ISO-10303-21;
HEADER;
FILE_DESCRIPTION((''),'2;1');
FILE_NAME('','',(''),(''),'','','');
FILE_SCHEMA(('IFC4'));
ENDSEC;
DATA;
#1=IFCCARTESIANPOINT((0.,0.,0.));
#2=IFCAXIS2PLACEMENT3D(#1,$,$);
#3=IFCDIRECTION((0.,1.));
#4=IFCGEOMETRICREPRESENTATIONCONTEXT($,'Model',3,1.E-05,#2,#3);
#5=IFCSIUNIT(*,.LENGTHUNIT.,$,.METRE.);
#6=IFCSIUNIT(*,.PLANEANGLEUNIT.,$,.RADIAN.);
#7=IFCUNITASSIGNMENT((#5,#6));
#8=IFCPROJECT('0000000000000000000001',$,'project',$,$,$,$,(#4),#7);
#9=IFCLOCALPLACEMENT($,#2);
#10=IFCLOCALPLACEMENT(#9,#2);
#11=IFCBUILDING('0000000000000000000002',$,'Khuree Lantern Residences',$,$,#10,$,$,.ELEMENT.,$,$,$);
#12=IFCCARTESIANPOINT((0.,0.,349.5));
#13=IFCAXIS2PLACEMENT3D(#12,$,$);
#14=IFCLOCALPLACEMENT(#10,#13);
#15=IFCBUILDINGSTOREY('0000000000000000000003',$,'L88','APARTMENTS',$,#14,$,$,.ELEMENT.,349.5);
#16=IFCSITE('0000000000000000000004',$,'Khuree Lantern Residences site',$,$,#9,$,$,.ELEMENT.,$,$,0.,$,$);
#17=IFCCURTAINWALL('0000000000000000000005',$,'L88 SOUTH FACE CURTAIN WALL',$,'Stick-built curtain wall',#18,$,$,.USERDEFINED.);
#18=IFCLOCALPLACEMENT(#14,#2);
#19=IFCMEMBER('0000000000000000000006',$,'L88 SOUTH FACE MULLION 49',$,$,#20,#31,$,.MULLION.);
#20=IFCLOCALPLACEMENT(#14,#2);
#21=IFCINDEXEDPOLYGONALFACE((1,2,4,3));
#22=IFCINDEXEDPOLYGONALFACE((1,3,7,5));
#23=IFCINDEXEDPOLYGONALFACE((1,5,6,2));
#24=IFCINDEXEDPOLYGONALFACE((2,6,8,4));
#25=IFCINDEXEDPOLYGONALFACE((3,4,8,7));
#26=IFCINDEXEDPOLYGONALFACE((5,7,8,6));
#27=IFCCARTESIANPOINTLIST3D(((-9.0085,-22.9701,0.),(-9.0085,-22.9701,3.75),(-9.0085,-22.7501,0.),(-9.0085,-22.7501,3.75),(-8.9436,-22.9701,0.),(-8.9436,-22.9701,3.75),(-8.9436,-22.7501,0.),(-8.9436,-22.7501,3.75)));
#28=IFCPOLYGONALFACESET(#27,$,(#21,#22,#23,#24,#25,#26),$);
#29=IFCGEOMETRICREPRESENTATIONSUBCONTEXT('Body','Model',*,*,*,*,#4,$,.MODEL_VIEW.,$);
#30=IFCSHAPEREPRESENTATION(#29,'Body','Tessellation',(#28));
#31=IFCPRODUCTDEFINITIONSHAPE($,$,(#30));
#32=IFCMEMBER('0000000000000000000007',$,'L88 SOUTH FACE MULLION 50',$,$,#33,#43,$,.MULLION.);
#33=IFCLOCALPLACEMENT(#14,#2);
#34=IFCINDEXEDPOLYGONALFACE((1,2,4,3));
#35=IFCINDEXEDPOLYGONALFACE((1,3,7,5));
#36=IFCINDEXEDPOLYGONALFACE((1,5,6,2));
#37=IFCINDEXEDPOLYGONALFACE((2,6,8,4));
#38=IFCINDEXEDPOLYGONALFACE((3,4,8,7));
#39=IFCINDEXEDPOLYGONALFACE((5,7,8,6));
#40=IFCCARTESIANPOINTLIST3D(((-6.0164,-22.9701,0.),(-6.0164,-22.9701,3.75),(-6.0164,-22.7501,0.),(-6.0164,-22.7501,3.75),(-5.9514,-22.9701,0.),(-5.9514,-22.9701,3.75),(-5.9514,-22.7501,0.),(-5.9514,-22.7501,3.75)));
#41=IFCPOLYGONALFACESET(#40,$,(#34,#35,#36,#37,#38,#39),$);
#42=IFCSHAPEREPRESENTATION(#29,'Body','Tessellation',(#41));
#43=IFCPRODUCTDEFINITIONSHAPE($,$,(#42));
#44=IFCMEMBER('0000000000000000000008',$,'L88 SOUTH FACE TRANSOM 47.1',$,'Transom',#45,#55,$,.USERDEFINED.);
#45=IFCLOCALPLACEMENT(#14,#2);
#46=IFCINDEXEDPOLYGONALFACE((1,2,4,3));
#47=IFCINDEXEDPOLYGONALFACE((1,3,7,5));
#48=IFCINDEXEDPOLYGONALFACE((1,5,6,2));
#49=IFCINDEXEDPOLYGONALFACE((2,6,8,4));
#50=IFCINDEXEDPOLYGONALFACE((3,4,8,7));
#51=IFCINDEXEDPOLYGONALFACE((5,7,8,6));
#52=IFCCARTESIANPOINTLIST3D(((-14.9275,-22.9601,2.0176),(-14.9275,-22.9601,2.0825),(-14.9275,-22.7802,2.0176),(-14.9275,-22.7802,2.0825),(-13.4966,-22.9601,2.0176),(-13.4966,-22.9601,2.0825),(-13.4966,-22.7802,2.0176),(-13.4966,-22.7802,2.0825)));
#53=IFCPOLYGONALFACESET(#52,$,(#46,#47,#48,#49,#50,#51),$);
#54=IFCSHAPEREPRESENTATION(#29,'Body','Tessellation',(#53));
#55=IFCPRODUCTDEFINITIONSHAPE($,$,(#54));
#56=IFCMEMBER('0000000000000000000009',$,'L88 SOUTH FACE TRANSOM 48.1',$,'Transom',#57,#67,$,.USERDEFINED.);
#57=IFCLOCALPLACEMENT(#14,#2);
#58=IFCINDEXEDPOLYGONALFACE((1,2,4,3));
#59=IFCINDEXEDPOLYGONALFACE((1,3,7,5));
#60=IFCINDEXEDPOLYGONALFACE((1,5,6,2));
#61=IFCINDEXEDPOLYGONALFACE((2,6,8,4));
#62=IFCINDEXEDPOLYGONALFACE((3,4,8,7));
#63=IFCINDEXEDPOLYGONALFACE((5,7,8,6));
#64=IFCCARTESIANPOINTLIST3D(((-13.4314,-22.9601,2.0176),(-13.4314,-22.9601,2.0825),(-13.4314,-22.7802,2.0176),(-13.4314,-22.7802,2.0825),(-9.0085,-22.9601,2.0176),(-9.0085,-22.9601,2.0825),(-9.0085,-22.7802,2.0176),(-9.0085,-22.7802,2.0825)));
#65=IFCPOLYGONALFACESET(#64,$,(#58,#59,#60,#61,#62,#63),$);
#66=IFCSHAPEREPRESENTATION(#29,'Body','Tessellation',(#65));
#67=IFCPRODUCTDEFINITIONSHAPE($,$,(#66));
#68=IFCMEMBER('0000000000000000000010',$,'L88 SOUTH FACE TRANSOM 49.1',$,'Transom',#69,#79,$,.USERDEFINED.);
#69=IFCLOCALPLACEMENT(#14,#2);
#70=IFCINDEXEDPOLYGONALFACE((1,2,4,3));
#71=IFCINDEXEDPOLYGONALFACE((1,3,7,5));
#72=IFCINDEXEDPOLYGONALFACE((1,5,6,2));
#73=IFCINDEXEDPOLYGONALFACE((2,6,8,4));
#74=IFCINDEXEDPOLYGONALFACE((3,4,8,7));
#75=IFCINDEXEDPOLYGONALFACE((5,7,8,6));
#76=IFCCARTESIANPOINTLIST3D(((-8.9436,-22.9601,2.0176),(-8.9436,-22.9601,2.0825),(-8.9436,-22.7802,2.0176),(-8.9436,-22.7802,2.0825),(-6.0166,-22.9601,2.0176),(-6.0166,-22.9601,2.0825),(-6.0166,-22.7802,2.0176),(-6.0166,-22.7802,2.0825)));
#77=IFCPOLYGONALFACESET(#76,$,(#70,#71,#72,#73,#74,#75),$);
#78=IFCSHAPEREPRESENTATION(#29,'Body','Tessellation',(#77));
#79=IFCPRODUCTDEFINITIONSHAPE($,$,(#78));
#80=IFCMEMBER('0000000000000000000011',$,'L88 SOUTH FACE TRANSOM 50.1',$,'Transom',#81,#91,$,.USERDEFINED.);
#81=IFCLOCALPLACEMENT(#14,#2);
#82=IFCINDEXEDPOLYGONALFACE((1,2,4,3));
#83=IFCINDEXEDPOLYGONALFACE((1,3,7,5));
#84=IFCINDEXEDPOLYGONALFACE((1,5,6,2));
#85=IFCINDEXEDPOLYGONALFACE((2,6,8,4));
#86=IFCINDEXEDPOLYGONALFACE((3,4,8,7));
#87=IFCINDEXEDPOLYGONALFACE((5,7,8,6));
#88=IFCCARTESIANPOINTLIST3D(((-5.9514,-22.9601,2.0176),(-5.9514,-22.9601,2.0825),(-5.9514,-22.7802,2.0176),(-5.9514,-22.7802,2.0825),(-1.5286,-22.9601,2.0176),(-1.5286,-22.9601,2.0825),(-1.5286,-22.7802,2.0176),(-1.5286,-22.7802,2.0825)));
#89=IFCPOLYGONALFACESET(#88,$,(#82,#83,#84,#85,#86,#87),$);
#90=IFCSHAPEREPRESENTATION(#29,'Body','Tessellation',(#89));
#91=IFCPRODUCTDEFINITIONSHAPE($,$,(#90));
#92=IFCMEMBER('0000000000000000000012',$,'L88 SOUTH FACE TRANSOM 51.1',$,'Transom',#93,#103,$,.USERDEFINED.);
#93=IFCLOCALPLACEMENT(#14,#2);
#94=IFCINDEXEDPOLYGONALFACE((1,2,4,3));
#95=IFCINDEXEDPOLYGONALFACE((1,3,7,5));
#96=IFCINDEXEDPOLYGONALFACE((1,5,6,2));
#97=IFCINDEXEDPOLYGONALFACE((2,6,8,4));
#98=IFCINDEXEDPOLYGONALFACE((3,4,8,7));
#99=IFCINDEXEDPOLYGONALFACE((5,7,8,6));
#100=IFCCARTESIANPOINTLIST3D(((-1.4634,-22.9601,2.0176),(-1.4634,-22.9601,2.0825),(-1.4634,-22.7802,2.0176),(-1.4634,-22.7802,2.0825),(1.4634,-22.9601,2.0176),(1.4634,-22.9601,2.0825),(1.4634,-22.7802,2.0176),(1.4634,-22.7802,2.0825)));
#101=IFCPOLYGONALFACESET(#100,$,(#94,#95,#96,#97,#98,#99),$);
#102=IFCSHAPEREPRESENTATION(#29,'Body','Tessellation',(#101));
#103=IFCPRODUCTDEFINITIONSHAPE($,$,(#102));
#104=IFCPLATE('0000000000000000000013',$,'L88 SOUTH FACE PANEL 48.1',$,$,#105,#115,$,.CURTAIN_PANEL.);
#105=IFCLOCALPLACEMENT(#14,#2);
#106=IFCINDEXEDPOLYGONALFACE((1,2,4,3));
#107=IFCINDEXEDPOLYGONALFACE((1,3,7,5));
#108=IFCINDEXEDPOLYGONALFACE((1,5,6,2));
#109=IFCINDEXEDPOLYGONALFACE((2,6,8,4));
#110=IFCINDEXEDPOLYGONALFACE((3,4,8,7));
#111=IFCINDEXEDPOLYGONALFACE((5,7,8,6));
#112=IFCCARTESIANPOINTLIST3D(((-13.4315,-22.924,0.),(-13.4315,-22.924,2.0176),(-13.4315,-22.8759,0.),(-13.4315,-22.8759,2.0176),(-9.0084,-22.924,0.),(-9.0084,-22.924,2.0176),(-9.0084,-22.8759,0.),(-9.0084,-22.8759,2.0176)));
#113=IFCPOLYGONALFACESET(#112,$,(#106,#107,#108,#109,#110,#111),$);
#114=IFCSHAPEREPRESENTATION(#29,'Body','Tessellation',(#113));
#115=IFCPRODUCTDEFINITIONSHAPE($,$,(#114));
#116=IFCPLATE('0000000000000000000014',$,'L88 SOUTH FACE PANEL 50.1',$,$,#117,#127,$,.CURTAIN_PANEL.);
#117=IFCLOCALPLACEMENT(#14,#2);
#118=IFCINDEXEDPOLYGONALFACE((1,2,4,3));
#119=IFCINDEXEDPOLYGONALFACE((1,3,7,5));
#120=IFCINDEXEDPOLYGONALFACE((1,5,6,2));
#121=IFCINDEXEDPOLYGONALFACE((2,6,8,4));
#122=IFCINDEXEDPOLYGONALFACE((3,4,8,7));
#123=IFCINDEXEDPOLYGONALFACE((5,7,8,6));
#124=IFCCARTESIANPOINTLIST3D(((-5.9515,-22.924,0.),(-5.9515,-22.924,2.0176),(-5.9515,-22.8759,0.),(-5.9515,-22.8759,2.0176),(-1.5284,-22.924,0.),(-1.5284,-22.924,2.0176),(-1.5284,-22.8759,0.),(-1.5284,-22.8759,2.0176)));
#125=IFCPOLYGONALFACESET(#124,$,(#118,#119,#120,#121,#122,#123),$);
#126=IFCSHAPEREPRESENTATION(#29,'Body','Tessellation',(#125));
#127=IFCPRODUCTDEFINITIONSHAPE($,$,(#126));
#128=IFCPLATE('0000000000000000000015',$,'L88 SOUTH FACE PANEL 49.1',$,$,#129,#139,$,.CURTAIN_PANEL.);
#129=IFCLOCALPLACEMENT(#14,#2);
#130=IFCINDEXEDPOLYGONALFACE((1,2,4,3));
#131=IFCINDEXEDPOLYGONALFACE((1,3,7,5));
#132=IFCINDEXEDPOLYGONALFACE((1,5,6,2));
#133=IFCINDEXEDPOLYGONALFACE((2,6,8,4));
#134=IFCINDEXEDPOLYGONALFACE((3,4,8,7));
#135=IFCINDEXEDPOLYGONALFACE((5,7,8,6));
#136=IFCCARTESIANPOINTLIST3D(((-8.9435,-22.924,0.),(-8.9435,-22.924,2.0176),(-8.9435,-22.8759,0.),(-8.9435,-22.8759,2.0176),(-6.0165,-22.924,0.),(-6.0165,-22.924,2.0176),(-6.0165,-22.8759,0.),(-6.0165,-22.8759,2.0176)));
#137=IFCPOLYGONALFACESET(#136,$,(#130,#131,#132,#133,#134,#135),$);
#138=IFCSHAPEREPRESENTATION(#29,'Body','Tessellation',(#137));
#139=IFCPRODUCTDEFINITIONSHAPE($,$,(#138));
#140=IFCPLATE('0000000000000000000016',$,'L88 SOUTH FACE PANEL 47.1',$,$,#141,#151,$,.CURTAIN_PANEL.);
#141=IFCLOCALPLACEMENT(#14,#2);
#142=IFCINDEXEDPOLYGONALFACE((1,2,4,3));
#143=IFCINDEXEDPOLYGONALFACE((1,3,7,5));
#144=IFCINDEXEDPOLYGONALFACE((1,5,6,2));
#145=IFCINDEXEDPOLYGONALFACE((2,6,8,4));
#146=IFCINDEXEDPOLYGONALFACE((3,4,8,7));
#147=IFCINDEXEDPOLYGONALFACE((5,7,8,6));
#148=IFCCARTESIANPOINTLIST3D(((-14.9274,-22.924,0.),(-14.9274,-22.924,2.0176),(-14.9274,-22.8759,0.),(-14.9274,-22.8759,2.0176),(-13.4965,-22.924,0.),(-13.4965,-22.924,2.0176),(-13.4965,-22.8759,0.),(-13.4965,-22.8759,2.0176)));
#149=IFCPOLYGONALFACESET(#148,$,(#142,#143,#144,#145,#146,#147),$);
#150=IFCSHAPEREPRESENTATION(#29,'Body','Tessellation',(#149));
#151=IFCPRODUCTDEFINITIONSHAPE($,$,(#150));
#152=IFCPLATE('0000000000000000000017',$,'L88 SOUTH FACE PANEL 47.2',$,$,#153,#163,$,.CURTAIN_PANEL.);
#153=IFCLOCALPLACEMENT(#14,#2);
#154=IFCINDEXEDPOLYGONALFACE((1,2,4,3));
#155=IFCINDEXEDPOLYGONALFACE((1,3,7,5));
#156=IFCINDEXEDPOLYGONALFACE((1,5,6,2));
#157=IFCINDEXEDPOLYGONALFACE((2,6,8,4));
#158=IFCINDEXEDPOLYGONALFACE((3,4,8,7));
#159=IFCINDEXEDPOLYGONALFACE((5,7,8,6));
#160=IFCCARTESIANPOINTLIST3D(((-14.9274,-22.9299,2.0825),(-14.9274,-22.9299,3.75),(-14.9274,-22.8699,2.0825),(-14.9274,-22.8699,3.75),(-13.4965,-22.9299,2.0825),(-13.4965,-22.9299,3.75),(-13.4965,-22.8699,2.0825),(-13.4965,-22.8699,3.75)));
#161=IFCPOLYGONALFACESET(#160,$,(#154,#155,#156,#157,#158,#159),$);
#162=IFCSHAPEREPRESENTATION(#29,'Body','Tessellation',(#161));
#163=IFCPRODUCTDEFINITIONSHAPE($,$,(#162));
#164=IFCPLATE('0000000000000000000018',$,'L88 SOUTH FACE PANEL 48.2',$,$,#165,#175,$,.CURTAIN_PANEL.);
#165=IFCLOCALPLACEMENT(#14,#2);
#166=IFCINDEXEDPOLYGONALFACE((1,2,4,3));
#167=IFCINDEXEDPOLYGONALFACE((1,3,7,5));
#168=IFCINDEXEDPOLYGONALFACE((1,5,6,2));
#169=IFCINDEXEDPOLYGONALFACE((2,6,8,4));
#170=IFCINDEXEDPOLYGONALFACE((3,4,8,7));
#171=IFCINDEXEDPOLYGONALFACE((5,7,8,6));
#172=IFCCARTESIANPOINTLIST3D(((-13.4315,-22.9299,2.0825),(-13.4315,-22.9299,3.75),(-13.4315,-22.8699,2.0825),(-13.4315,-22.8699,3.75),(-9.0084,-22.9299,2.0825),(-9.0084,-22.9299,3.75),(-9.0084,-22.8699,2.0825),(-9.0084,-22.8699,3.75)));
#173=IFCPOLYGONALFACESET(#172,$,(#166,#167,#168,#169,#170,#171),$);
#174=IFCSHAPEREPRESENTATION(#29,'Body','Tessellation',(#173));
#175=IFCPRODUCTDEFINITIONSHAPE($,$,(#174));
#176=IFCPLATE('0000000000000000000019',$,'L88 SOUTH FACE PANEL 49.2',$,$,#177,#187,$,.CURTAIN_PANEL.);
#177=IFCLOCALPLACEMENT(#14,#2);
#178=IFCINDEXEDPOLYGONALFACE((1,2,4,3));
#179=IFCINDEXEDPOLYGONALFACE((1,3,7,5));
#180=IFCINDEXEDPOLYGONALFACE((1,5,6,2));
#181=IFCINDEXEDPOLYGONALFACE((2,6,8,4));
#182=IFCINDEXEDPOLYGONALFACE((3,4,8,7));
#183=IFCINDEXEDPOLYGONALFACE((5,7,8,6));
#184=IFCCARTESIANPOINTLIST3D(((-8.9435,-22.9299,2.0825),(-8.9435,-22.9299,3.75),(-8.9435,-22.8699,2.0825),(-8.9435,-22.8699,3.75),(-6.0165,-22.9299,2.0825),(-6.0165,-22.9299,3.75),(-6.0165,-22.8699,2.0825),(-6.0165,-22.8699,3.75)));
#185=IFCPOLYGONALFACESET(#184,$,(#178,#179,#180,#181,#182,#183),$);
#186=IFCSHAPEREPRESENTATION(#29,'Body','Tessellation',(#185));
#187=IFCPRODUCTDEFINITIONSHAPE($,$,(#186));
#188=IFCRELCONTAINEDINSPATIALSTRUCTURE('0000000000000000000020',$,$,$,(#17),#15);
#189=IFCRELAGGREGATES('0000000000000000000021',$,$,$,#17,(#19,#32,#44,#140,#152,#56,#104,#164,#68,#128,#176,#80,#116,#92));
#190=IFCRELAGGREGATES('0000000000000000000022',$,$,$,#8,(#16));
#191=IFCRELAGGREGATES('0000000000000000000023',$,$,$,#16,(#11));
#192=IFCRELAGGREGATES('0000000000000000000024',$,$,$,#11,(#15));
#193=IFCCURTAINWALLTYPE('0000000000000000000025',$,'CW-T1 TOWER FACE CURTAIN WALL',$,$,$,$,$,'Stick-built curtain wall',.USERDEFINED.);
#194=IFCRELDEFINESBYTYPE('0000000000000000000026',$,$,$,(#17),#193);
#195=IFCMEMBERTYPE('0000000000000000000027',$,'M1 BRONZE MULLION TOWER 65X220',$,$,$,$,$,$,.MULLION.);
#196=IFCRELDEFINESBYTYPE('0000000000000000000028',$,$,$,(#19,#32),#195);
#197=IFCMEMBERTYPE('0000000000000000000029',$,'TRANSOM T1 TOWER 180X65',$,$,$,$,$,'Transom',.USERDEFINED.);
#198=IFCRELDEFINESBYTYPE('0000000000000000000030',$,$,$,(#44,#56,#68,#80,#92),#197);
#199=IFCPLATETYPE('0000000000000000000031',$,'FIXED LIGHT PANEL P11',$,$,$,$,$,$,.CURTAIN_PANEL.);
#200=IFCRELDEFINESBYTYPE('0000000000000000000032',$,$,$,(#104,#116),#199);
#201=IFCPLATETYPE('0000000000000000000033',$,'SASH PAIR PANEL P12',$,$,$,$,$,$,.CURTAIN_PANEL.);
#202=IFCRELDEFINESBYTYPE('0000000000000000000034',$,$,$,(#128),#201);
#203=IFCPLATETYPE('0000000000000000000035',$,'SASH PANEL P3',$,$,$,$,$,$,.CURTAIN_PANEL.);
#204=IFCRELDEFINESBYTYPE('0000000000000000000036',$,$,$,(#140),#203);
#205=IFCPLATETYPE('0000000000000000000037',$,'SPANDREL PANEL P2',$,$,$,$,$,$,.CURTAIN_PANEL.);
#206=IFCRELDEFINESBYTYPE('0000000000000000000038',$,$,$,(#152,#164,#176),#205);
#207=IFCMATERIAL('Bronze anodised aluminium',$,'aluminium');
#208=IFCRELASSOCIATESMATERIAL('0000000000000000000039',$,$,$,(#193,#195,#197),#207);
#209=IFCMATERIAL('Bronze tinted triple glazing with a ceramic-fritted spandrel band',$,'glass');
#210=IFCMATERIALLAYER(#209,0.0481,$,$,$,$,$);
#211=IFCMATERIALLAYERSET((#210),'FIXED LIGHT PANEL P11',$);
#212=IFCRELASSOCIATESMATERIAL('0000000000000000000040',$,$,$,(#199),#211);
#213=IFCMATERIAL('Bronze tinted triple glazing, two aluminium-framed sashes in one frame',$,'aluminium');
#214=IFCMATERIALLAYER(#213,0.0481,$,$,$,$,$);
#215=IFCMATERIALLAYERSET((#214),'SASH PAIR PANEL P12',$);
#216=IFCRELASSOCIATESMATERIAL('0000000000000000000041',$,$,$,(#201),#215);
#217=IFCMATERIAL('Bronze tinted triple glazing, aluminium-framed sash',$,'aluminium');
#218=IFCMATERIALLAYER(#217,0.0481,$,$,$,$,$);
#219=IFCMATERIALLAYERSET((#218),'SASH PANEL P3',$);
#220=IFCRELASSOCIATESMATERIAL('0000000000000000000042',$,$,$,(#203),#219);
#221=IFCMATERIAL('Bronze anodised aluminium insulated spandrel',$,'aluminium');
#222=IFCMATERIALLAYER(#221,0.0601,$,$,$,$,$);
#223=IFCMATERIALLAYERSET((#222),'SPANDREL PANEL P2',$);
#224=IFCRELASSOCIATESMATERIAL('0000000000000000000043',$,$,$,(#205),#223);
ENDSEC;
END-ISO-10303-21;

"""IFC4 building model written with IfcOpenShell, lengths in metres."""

from ifc_helpers import new_model, si_unit, direction, frame, origin, origin_2d, place, context, subcontext, project, spatial, rectangle, extrude, material, layer, layer_set, material_profile, profile_set, type_object, element, aggregate, save


model = new_model("IFC4")

# Units and contexts
model_context = context("Model", 3, precision=1e-05, world=origin(), true_north=direction((0.0, 1.0)))
body_context = subcontext(model_context, "Body", "Model", "MODEL_VIEW")
ifc_project = project(units=[si_unit("LENGTHUNIT", "METRE"), si_unit("PLANEANGLEUNIT", "RADIAN")], contexts=[model_context])

# Site, building, storey
site_placement = place(None, origin())
site = spatial("IfcSite", under=ifc_project, at=site_placement, Name="Khuree Lantern Residences site", CompositionType="ELEMENT", RefElevation=0.0)
building_placement = place(site_placement, origin())
building = spatial("IfcBuilding", under=site, at=building_placement, Name="Khuree Lantern Residences", CompositionType="ELEMENT")
storey_placement = place(building_placement, frame((0.0, 0.0, 349.5)))
storey = spatial("IfcBuildingStorey", under=building, at=storey_placement, Name="L88", Description="APARTMENTS", CompositionType="ELEMENT", Elevation=349.5)

# Curtain wall
ifc_material_1 = material(Name="Bronze anodised aluminium", Category="aluminium")
curtain_wall_type = type_object("IfcCurtainWallType", Name="CW-T1 TOWER FACE CURTAIN WALL", ElementType="Stick-built curtain wall", PredefinedType="USERDEFINED", material=ifc_material_1)
curtain_wall_placement = place(storey_placement, origin())
curtain_wall = element("IfcCurtainWall", 1, at=curtain_wall_placement, inside=storey, type_object=curtain_wall_type, Name="L88 SOUTH FACE CURTAIN WALL", ObjectType="Stick-built curtain wall", PredefinedType="USERDEFINED")

# Members
ifc_material_profile_1 = material_profile(ifc_material_1, rectangle(XDim=0.0649, YDim=0.22, at=origin_2d()), Name="M1 65X220")
ifc_profile_set_1 = profile_set([ifc_material_profile_1], Name="Bronze anodised aluminium")
member_type_1 = type_object("IfcMemberType", Name="M1 BRONZE MULLION TOWER 65X220", PredefinedType="MULLION", material=ifc_profile_set_1)
member_1_placement = place(storey_placement, frame((-8.9761, -22.8601, 0.0), z_axis=(0.0, 0.0, 1.0), x_axis=(1.0, 0.0, 0.0)))
member_1 = element("IfcMember", 2, at=member_1_placement, type_object=member_type_1, Name="L88 SOUTH FACE MULLION 49", PredefinedType="MULLION", context=body_context, shape_type="SweptSolid", body=[
    extrude(rectangle(XDim=0.0649, YDim=0.22, at=origin_2d()), origin(), (0.0, 0.0, 1.0), 3.75),
])
member_2_placement = place(storey_placement, frame((-5.9839, -22.8601, 0.0), z_axis=(0.0, 0.0, 1.0), x_axis=(1.0, 0.0, 0.0)))
member_2 = element("IfcMember", 3, at=member_2_placement, type_object=member_type_1, Name="L88 SOUTH FACE MULLION 50", PredefinedType="MULLION", context=body_context, shape_type="SweptSolid", body=[
    extrude(rectangle(XDim=0.0649, YDim=0.22, at=origin_2d()), origin(), (0.0, 0.0, 1.0), 3.75),
])
ifc_material_profile_2 = material_profile(ifc_material_1, rectangle(XDim=0.1799, YDim=0.0649, at=origin_2d()), Name="T1 180X65")
ifc_profile_set_2 = profile_set([ifc_material_profile_2], Name="Bronze anodised aluminium")
member_type_2 = type_object("IfcMemberType", Name="TRANSOM T1 TOWER 180X65", ElementType="Transom", PredefinedType="USERDEFINED", material=ifc_profile_set_2)
member_3_placement = place(storey_placement, frame((-14.9275, -22.8701, 2.05), z_axis=(1.0, 0.0, 0.0), x_axis=(0.0, 1.0, 0.0)))
member_3 = element("IfcMember", 4, at=member_3_placement, type_object=member_type_2, Name="L88 SOUTH FACE TRANSOM 47.1", ObjectType="Transom", PredefinedType="USERDEFINED", context=body_context, shape_type="SweptSolid", body=[
    extrude(rectangle(XDim=0.1799, YDim=0.0649, at=origin_2d()), origin(), (0.0, 0.0, 1.0), 1.4309),
])
member_4_placement = place(storey_placement, frame((-13.4314, -22.8701, 2.05), z_axis=(1.0, 0.0, 0.0), x_axis=(0.0, 1.0, 0.0)))
member_4 = element("IfcMember", 5, at=member_4_placement, type_object=member_type_2, Name="L88 SOUTH FACE TRANSOM 48.1", ObjectType="Transom", PredefinedType="USERDEFINED", context=body_context, shape_type="SweptSolid", body=[
    extrude(rectangle(XDim=0.1799, YDim=0.0649, at=origin_2d()), origin(), (0.0, 0.0, 1.0), 4.4229),
])
member_5_placement = place(storey_placement, frame((-8.9436, -22.8701, 2.05), z_axis=(1.0, 0.0, 0.0), x_axis=(0.0, 1.0, 0.0)))
member_5 = element("IfcMember", 6, at=member_5_placement, type_object=member_type_2, Name="L88 SOUTH FACE TRANSOM 49.1", ObjectType="Transom", PredefinedType="USERDEFINED", context=body_context, shape_type="SweptSolid", body=[
    extrude(rectangle(XDim=0.1799, YDim=0.0649, at=origin_2d()), origin(), (0.0, 0.0, 1.0), 2.927),
])
member_6_placement = place(storey_placement, frame((-5.9514, -22.8701, 2.05), z_axis=(1.0, 0.0, 0.0), x_axis=(0.0, 1.0, 0.0)))
member_6 = element("IfcMember", 7, at=member_6_placement, type_object=member_type_2, Name="L88 SOUTH FACE TRANSOM 50.1", ObjectType="Transom", PredefinedType="USERDEFINED", context=body_context, shape_type="SweptSolid", body=[
    extrude(rectangle(XDim=0.1799, YDim=0.0649, at=origin_2d()), origin(), (0.0, 0.0, 1.0), 4.4229),
])
member_7_placement = place(storey_placement, frame((-1.4634, -22.8701, 2.05), z_axis=(1.0, 0.0, 0.0), x_axis=(0.0, 1.0, 0.0)))
member_7 = element("IfcMember", 8, at=member_7_placement, type_object=member_type_2, Name="L88 SOUTH FACE TRANSOM 51.1", ObjectType="Transom", PredefinedType="USERDEFINED", context=body_context, shape_type="SweptSolid", body=[
    extrude(rectangle(XDim=0.1799, YDim=0.0649, at=origin_2d()), origin(), (0.0, 0.0, 1.0), 2.9268),
])

# Plates
ifc_material_2 = material(Name="Bronze tinted triple glazing with a ceramic-fritted spandrel band", Category="glass")
ifc_layer_1 = layer(ifc_material_2, 0.0481)
ifc_layer_set_1 = layer_set([ifc_layer_1], Name="FIXED LIGHT PANEL P11")
plate_type_1 = type_object("IfcPlateType", Name="FIXED LIGHT PANEL P11", PredefinedType="CURTAIN_PANEL", material=ifc_layer_set_1)
plate_1_placement = place(storey_placement, frame((-11.22, -22.8999, 0.0), z_axis=(0.0, 0.0, 1.0), x_axis=(1.0, 0.0, 0.0)))
plate_1 = element("IfcPlate", 9, at=plate_1_placement, type_object=plate_type_1, Name="L88 SOUTH FACE PANEL 48.1", PredefinedType="CURTAIN_PANEL", context=body_context, shape_type="SweptSolid", body=[
    extrude(rectangle(XDim=4.4231, YDim=0.0481, at=origin_2d()), origin(), (0.0, 0.0, 1.0), 2.0176),
])
plate_2_placement = place(storey_placement, frame((-3.74, -22.8999, 0.0), z_axis=(0.0, 0.0, 1.0), x_axis=(1.0, 0.0, 0.0)))
plate_2 = element("IfcPlate", 10, at=plate_2_placement, type_object=plate_type_1, Name="L88 SOUTH FACE PANEL 50.1", PredefinedType="CURTAIN_PANEL", context=body_context, shape_type="SweptSolid", body=[
    extrude(rectangle(XDim=4.4231, YDim=0.0481, at=origin_2d()), origin(), (0.0, 0.0, 1.0), 2.0176),
])
ifc_material_3 = material(Name="Bronze tinted triple glazing, two aluminium-framed sashes in one frame", Category="aluminium")
ifc_layer_2 = layer(ifc_material_3, 0.0481)
ifc_layer_set_2 = layer_set([ifc_layer_2], Name="SASH PAIR PANEL P12")
plate_type_2 = type_object("IfcPlateType", Name="SASH PAIR PANEL P12", PredefinedType="CURTAIN_PANEL", material=ifc_layer_set_2)
plate_3_placement = place(storey_placement, frame((-7.48, -22.8999, 0.0), z_axis=(0.0, 0.0, 1.0), x_axis=(1.0, 0.0, 0.0)))
plate_3 = element("IfcPlate", 11, at=plate_3_placement, type_object=plate_type_2, Name="L88 SOUTH FACE PANEL 49.1", PredefinedType="CURTAIN_PANEL", context=body_context, shape_type="SweptSolid", body=[
    extrude(rectangle(XDim=2.927, YDim=0.0481, at=origin_2d()), origin(), (0.0, 0.0, 1.0), 2.0176),
])
ifc_material_4 = material(Name="Bronze tinted triple glazing, aluminium-framed sash", Category="aluminium")
ifc_layer_3 = layer(ifc_material_4, 0.0481)
ifc_layer_set_3 = layer_set([ifc_layer_3], Name="SASH PANEL P3")
plate_type_3 = type_object("IfcPlateType", Name="SASH PANEL P3", PredefinedType="CURTAIN_PANEL", material=ifc_layer_set_3)
plate_4_placement = place(storey_placement, frame((-14.2119, -22.8999, 0.0), z_axis=(0.0, 0.0, 1.0), x_axis=(1.0, 0.0, 0.0)))
plate_4 = element("IfcPlate", 12, at=plate_4_placement, type_object=plate_type_3, Name="L88 SOUTH FACE PANEL 47.1", PredefinedType="CURTAIN_PANEL", context=body_context, shape_type="SweptSolid", body=[
    extrude(rectangle(XDim=1.4309, YDim=0.0481, at=origin_2d()), origin(), (0.0, 0.0, 1.0), 2.0176),
])
ifc_material_5 = material(Name="Bronze anodised aluminium insulated spandrel", Category="aluminium")
ifc_layer_4 = layer(ifc_material_5, 0.0601)
ifc_layer_set_4 = layer_set([ifc_layer_4], Name="SPANDREL PANEL P2")
plate_type_4 = type_object("IfcPlateType", Name="SPANDREL PANEL P2", PredefinedType="CURTAIN_PANEL", material=ifc_layer_set_4)
plate_5_placement = place(storey_placement, frame((-14.2119, -22.8999, 2.0825), z_axis=(0.0, 0.0, 1.0), x_axis=(1.0, 0.0, 0.0)))
plate_5 = element("IfcPlate", 13, at=plate_5_placement, type_object=plate_type_4, Name="L88 SOUTH FACE PANEL 47.2", PredefinedType="CURTAIN_PANEL", context=body_context, shape_type="SweptSolid", body=[
    extrude(rectangle(XDim=1.4309, YDim=0.0601, at=origin_2d()), origin(), (0.0, 0.0, 1.0), 1.6675),
])
plate_6_placement = place(storey_placement, frame((-11.22, -22.8999, 2.0825), z_axis=(0.0, 0.0, 1.0), x_axis=(1.0, 0.0, 0.0)))
plate_6 = element("IfcPlate", 14, at=plate_6_placement, type_object=plate_type_4, Name="L88 SOUTH FACE PANEL 48.2", PredefinedType="CURTAIN_PANEL", context=body_context, shape_type="SweptSolid", body=[
    extrude(rectangle(XDim=4.4231, YDim=0.0601, at=origin_2d()), origin(), (0.0, 0.0, 1.0), 1.6675),
])
plate_7_placement = place(storey_placement, frame((-7.48, -22.8999, 2.0825), z_axis=(0.0, 0.0, 1.0), x_axis=(1.0, 0.0, 0.0)))
plate_7 = element("IfcPlate", 15, at=plate_7_placement, type_object=plate_type_4, Name="L88 SOUTH FACE PANEL 49.2", PredefinedType="CURTAIN_PANEL", context=body_context, shape_type="SweptSolid", body=[
    extrude(rectangle(XDim=2.927, YDim=0.0601, at=origin_2d()), origin(), (0.0, 0.0, 1.0), 1.6675),
])
aggregate(curtain_wall, [member_1, member_2, member_3, plate_4, plate_5, member_4, plate_1, plate_6, member_5, plate_3, plate_7, member_6, plate_2, member_7])

save(model, "model.ifc")
